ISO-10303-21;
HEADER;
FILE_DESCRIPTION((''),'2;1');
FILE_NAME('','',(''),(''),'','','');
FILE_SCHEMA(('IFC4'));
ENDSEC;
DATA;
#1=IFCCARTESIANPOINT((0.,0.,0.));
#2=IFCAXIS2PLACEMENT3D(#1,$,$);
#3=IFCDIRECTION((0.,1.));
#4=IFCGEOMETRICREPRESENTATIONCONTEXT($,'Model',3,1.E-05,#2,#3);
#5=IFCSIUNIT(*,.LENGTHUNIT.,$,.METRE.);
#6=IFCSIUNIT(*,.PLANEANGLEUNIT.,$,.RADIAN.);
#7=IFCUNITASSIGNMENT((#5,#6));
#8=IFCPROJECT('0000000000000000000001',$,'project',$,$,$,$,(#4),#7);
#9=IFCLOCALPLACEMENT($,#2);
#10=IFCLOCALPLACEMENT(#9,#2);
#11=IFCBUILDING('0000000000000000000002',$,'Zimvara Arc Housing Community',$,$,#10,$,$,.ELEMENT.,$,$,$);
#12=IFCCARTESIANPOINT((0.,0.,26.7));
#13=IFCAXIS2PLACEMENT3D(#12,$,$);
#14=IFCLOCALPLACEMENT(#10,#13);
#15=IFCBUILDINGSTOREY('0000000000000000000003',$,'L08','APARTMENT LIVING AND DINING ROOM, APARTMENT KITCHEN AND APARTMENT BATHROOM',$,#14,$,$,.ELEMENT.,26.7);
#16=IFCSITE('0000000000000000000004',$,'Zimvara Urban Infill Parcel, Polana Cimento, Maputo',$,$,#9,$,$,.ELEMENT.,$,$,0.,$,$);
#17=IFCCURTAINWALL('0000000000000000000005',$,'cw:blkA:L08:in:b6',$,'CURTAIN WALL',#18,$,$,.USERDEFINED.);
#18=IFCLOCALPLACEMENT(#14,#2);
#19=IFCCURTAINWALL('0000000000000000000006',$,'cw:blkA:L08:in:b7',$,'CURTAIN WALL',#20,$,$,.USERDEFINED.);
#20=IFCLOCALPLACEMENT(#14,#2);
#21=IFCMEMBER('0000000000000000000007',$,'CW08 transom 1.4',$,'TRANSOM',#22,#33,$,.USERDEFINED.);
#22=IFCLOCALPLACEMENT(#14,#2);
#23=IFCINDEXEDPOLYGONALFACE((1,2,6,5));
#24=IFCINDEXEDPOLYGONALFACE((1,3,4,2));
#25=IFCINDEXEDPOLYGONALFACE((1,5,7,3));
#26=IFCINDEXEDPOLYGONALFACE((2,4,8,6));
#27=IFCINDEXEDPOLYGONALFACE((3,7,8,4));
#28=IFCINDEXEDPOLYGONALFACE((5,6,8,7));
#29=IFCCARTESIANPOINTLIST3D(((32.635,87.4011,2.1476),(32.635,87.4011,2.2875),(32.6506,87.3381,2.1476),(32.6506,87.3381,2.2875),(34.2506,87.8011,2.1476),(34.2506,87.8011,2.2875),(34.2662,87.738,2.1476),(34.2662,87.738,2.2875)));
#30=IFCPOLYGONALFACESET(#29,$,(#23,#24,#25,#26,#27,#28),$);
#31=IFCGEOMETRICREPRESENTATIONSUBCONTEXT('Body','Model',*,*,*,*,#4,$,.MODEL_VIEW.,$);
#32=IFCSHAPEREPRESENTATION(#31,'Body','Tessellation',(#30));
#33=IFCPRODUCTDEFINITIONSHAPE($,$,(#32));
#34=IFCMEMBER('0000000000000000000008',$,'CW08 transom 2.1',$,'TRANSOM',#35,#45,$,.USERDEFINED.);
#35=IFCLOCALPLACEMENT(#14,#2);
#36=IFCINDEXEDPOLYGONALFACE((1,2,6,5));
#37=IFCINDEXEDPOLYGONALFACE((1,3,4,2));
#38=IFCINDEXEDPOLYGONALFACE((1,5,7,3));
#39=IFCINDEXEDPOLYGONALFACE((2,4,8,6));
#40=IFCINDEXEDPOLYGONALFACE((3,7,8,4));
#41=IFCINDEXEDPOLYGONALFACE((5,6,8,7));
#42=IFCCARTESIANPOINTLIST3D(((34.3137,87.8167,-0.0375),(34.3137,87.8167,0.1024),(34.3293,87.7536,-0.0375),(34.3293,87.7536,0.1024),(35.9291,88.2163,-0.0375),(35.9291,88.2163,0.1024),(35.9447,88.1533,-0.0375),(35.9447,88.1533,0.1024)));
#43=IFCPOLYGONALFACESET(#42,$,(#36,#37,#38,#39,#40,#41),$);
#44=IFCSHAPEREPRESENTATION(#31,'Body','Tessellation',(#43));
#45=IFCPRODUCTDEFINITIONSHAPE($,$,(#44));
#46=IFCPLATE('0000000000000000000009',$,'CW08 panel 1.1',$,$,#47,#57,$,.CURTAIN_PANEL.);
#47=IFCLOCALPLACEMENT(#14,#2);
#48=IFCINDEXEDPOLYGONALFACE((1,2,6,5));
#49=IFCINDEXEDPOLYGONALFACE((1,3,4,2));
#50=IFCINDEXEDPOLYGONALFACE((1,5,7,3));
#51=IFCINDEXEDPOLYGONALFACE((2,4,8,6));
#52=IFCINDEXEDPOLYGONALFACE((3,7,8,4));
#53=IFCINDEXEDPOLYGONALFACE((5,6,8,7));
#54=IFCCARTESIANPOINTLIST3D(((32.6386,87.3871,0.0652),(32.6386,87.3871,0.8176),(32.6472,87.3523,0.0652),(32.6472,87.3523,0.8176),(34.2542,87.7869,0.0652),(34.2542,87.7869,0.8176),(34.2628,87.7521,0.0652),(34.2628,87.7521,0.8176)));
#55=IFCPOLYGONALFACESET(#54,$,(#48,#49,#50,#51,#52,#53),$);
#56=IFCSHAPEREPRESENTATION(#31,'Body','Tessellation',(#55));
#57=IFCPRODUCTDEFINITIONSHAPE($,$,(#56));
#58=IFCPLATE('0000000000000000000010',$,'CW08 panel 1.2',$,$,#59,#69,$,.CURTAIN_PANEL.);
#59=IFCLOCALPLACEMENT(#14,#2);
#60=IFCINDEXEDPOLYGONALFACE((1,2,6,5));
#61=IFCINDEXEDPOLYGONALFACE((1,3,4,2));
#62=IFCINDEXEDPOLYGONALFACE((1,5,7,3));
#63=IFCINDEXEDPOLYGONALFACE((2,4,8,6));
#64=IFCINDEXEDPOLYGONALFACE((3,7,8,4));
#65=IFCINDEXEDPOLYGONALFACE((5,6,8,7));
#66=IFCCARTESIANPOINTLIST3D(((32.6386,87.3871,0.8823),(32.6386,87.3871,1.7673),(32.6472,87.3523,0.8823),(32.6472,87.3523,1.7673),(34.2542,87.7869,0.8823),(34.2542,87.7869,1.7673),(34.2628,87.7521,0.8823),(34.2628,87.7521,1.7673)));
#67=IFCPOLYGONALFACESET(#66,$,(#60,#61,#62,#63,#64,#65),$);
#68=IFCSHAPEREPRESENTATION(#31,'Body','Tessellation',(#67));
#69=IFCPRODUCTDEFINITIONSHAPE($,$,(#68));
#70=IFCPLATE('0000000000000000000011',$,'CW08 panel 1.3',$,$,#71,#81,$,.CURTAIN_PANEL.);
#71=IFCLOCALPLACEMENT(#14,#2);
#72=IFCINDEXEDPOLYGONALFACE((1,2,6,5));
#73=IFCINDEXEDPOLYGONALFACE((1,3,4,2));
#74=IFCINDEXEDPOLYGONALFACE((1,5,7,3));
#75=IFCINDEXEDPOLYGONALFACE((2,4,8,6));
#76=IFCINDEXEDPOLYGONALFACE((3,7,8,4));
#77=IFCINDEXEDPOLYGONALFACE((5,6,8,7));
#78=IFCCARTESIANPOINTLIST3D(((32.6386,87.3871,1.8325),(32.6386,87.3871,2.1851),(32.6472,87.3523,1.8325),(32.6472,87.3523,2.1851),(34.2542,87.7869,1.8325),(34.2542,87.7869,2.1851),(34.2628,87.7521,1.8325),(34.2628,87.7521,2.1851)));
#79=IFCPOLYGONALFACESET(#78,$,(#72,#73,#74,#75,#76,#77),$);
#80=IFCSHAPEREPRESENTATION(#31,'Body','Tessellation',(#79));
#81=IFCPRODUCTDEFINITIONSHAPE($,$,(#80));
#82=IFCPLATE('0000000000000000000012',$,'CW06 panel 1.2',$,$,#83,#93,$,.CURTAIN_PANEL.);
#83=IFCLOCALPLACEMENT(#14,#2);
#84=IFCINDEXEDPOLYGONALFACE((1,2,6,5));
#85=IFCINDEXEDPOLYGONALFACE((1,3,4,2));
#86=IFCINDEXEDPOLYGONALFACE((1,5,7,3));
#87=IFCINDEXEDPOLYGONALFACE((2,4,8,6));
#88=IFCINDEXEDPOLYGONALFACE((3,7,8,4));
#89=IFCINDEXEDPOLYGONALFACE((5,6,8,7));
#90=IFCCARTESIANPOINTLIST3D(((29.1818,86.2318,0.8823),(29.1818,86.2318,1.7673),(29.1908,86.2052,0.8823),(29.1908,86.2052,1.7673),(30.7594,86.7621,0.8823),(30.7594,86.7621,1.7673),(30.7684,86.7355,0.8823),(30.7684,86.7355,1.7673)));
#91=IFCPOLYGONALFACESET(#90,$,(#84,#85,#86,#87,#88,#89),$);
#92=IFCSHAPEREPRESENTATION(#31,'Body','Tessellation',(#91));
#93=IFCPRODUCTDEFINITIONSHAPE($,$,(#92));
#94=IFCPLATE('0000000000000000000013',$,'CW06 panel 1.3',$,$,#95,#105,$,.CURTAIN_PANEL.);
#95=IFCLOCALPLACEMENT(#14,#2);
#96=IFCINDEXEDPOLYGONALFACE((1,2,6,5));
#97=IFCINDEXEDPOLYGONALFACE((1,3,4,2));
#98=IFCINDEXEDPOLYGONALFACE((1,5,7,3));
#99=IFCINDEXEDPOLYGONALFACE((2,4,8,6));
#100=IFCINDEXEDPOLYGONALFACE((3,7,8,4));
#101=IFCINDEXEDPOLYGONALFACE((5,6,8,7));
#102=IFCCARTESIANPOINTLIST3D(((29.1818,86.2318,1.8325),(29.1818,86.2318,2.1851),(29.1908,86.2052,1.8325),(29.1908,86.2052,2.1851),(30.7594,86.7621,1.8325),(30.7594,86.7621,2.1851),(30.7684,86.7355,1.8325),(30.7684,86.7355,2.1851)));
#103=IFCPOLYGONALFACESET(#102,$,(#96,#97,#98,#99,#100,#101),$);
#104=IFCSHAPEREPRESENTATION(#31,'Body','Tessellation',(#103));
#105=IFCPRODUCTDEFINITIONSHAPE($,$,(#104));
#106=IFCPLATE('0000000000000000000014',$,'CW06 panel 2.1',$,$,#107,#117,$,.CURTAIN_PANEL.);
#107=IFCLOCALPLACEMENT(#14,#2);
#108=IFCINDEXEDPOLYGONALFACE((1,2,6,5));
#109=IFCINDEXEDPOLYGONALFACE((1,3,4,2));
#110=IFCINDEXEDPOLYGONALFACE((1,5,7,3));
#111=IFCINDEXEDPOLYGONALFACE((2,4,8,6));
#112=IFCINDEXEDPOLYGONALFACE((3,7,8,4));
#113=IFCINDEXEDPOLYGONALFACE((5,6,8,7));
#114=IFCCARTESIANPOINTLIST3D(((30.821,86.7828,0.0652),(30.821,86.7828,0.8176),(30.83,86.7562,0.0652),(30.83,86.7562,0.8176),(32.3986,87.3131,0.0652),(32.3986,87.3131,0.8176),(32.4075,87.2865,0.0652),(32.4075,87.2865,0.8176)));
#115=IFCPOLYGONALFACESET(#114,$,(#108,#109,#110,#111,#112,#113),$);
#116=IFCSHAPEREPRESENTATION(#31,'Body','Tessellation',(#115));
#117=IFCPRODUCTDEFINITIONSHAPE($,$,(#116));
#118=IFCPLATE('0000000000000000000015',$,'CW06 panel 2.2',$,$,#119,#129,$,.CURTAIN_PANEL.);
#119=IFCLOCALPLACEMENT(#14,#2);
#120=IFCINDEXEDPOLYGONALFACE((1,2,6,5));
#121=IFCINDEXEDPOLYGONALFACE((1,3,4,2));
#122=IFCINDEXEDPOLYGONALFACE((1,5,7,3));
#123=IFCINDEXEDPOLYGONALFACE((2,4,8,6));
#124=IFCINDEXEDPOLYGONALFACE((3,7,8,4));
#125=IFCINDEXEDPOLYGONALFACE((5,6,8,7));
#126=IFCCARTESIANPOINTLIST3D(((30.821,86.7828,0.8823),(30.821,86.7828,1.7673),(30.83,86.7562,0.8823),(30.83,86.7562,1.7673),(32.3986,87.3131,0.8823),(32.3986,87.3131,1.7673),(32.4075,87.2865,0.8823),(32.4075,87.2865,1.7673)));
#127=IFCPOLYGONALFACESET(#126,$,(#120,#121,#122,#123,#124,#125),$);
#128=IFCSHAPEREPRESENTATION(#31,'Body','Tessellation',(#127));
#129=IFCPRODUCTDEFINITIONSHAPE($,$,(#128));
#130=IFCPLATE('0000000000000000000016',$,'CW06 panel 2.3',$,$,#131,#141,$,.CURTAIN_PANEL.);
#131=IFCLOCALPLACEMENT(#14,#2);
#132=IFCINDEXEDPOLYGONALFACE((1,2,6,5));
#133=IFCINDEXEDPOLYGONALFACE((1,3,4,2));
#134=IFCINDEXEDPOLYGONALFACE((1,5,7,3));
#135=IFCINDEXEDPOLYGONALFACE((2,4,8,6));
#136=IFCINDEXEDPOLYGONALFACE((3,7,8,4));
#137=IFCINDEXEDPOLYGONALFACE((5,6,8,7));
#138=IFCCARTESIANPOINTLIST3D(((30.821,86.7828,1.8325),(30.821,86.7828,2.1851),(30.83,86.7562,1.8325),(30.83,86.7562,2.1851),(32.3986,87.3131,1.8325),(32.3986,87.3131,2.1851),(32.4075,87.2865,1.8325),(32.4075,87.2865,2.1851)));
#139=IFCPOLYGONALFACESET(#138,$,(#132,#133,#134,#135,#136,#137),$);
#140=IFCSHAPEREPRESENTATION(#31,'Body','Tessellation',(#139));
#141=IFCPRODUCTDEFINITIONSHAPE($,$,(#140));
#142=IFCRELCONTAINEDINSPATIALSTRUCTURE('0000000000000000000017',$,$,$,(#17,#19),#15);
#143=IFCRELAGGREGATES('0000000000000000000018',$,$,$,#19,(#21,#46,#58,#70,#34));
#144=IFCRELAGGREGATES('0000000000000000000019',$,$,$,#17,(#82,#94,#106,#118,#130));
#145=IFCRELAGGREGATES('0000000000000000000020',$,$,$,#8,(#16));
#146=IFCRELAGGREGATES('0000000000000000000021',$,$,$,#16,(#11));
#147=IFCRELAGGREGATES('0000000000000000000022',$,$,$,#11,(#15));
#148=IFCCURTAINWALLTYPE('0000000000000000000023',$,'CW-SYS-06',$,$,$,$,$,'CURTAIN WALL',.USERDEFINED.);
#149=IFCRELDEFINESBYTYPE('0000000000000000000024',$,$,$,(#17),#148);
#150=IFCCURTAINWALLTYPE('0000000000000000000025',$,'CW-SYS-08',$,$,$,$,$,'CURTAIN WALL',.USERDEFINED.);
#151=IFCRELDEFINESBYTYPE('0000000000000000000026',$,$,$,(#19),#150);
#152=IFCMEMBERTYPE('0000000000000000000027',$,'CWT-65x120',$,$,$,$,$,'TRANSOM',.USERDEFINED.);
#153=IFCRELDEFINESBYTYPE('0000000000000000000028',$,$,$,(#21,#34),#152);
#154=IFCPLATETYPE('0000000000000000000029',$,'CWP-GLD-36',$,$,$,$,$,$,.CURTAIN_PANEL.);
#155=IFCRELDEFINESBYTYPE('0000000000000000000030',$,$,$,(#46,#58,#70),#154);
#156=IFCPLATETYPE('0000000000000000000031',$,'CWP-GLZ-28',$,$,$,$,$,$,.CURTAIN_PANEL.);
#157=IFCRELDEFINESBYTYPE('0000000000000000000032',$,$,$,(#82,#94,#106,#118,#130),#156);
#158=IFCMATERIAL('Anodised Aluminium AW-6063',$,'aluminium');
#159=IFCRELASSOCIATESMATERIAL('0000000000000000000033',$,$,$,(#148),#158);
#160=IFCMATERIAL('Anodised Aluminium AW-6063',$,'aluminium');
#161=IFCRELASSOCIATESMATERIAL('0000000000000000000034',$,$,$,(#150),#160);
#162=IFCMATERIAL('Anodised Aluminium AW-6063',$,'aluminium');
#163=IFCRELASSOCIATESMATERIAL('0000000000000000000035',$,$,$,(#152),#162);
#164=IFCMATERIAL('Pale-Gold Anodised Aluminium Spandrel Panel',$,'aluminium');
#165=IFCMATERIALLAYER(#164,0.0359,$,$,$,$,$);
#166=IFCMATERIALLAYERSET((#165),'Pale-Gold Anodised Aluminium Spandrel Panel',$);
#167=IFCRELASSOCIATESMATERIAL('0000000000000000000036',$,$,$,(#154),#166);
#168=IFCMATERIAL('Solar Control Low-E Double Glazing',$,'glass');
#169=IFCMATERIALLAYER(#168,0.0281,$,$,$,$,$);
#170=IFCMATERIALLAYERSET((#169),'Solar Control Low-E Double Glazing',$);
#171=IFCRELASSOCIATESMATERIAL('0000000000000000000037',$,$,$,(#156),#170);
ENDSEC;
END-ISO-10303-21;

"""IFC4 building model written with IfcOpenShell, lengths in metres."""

from ifc_helpers import new_model, si_unit, direction, frame, origin, origin_2d, place, context, subcontext, project, spatial, rectangle, extrude, material, layer, layer_set, material_profile, profile_set, type_object, element, aggregate, save


model = new_model("IFC4")

# Units and contexts
model_context = context("Model", 3, precision=1e-05, world=origin(), true_north=direction((0.0, 1.0)))
body_context = subcontext(model_context, "Body", "Model", "MODEL_VIEW")
ifc_project = project(units=[si_unit("LENGTHUNIT", "METRE"), si_unit("PLANEANGLEUNIT", "RADIAN")], contexts=[model_context])

# Site, building, storey
site_placement = place(None, origin())
site = spatial("IfcSite", under=ifc_project, at=site_placement, Name="Zimvara Urban Infill Parcel, Polana Cimento, Maputo", CompositionType="ELEMENT", RefElevation=0.0)
building_placement = place(site_placement, origin())
building = spatial("IfcBuilding", under=site, at=building_placement, Name="Zimvara Arc Housing Community", CompositionType="ELEMENT")
storey_placement = place(building_placement, frame((0.0, 0.0, 26.7)))
storey = spatial("IfcBuildingStorey", under=building, at=storey_placement, Name="L08", Description="APARTMENT LIVING AND DINING ROOM, APARTMENT KITCHEN AND APARTMENT BATHROOM", CompositionType="ELEMENT", Elevation=26.7)

# Curtain walls
ifc_material_1 = material(Name="Anodised Aluminium AW-6063", Category="aluminium")
curtain_wall_type_1 = type_object("IfcCurtainWallType", Name="CW-SYS-06", ElementType="CURTAIN WALL", PredefinedType="USERDEFINED", material=ifc_material_1)
curtain_wall_1_placement = place(storey_placement, origin())
curtain_wall_1 = element("IfcCurtainWall", 1, at=curtain_wall_1_placement, inside=storey, type_object=curtain_wall_type_1, Name="cw:blkA:L08:in:b6", ObjectType="CURTAIN WALL", PredefinedType="USERDEFINED")
ifc_material_2 = material(Name="Anodised Aluminium AW-6063", Category="aluminium")
curtain_wall_type_2 = type_object("IfcCurtainWallType", Name="CW-SYS-08", ElementType="CURTAIN WALL", PredefinedType="USERDEFINED", material=ifc_material_2)
curtain_wall_2_placement = place(storey_placement, origin())
curtain_wall_2 = element("IfcCurtainWall", 2, at=curtain_wall_2_placement, inside=storey, type_object=curtain_wall_type_2, Name="cw:blkA:L08:in:b7", ObjectType="CURTAIN WALL", PredefinedType="USERDEFINED")

# Members
ifc_material_3 = material(Name="Anodised Aluminium AW-6063", Category="aluminium")
ifc_material_profile_1 = material_profile(ifc_material_3, rectangle(XDim=0.0649, YDim=0.1399, at=origin_2d()), Name="ALU 65x140")
ifc_profile_set_1 = profile_set([ifc_material_profile_1], Name="Anodised Aluminium AW-6063")
member_type_1 = type_object("IfcMemberType", Name="CWT-65x120", ElementType="TRANSOM", PredefinedType="USERDEFINED", material=ifc_profile_set_1)
member_1_placement = place(storey_placement, frame((32.6428, 87.3696, 2.2175), z_axis=(0.970701, 0.240291, 0.0), x_axis=(-0.240291, 0.970701, 0.0)))
member_1 = element("IfcMember", 3, at=member_1_placement, type_object=member_type_1, Name="CW08 transom 1.4", ObjectType="TRANSOM", PredefinedType="USERDEFINED", context=body_context, shape_type="SweptSolid", body=[
    extrude(rectangle(XDim=0.0649, YDim=0.1399, at=origin_2d()), origin(), (0.0, 0.0, 1.0), 1.6643),
])
member_2_placement = place(storey_placement, frame((34.3215, 87.7852, 0.0325), z_axis=(0.970735, 0.240153, 0.0), x_axis=(-0.240153, 0.970735, 0.0)))
member_2 = element("IfcMember", 4, at=member_2_placement, type_object=member_type_1, Name="CW08 transom 2.1", ObjectType="TRANSOM", PredefinedType="USERDEFINED", context=body_context, shape_type="SweptSolid", body=[
    extrude(rectangle(XDim=0.0649, YDim=0.1399, at=origin_2d()), origin(), (0.0, 0.0, 1.0), 1.6641),
])

# Plates
ifc_material_4 = material(Name="Pale-Gold Anodised Aluminium Spandrel Panel", Category="aluminium")
ifc_layer_1 = layer(ifc_material_4, 0.0359)
ifc_layer_set_1 = layer_set([ifc_layer_1], Name="Pale-Gold Anodised Aluminium Spandrel Panel")
plate_type_1 = type_object("IfcPlateType", Name="CWP-GLD-36", PredefinedType="CURTAIN_PANEL", material=ifc_layer_set_1)
plate_1_placement = place(storey_placement, frame((33.4507, 87.5696, 0.0652), z_axis=(0.0, 0.0, 1.0), x_axis=(0.970717, 0.240228, 0.0)))
plate_1 = element("IfcPlate", 5, at=plate_1_placement, type_object=plate_type_1, Name="CW08 panel 1.1", PredefinedType="CURTAIN_PANEL", context=body_context, shape_type="SweptSolid", body=[
    extrude(rectangle(XDim=1.6643, YDim=0.0359, at=origin_2d()), origin(), (0.0, 0.0, 1.0), 0.7524),
])
plate_2_placement = place(storey_placement, frame((33.4507, 87.5696, 0.8823), z_axis=(0.0, 0.0, 1.0), x_axis=(0.970717, 0.240228, 0.0)))
plate_2 = element("IfcPlate", 6, at=plate_2_placement, type_object=plate_type_1, Name="CW08 panel 1.2", PredefinedType="CURTAIN_PANEL", context=body_context, shape_type="SweptSolid", body=[
    extrude(rectangle(XDim=1.6643, YDim=0.0359, at=origin_2d()), origin(), (0.0, 0.0, 1.0), 0.885),
])
plate_3_placement = place(storey_placement, frame((33.4507, 87.5696, 1.8325), z_axis=(0.0, 0.0, 1.0), x_axis=(0.970717, 0.240228, 0.0)))
plate_3 = element("IfcPlate", 7, at=plate_3_placement, type_object=plate_type_1, Name="CW08 panel 1.3", PredefinedType="CURTAIN_PANEL", context=body_context, shape_type="SweptSolid", body=[
    extrude(rectangle(XDim=1.6643, YDim=0.0359, at=origin_2d()), origin(), (0.0, 0.0, 1.0), 0.3525),
])
aggregate(curtain_wall_2, [member_1, plate_1, plate_2, plate_3, member_2])
ifc_material_5 = material(Name="Solar Control Low-E Double Glazing", Category="glass")
ifc_layer_2 = layer(ifc_material_5, 0.0281)
ifc_layer_set_2 = layer_set([ifc_layer_2], Name="Solar Control Low-E Double Glazing")
plate_type_2 = type_object("IfcPlateType", Name="CWP-GLZ-28", PredefinedType="CURTAIN_PANEL", material=ifc_layer_set_2)
plate_4_placement = place(storey_placement, frame((29.9751, 86.4836, 0.8823), z_axis=(0.0, 0.0, 1.0), x_axis=(0.947879, 0.31863, 0.0)))
plate_4 = element("IfcPlate", 8, at=plate_4_placement, type_object=plate_type_2, Name="CW06 panel 1.2", PredefinedType="CURTAIN_PANEL", context=body_context, shape_type="SweptSolid", body=[
    extrude(rectangle(XDim=1.6643, YDim=0.0281, at=origin_2d()), origin(), (0.0, 0.0, 1.0), 0.885),
])
plate_5_placement = place(storey_placement, frame((29.9751, 86.4836, 1.8325), z_axis=(0.0, 0.0, 1.0), x_axis=(0.947879, 0.31863, 0.0)))
plate_5 = element("IfcPlate", 9, at=plate_5_placement, type_object=plate_type_2, Name="CW06 panel 1.3", PredefinedType="CURTAIN_PANEL", context=body_context, shape_type="SweptSolid", body=[
    extrude(rectangle(XDim=1.6643, YDim=0.0281, at=origin_2d()), origin(), (0.0, 0.0, 1.0), 0.3525),
])
plate_6_placement = place(storey_placement, frame((31.6143, 87.0347, 0.0652), z_axis=(0.0, 0.0, 1.0), x_axis=(0.947879, 0.31863, 0.0)))
plate_6 = element("IfcPlate", 10, at=plate_6_placement, type_object=plate_type_2, Name="CW06 panel 2.1", PredefinedType="CURTAIN_PANEL", context=body_context, shape_type="SweptSolid", body=[
    extrude(rectangle(XDim=1.6643, YDim=0.0281, at=origin_2d()), origin(), (0.0, 0.0, 1.0), 0.7524),
])
plate_7_placement = place(storey_placement, frame((31.6143, 87.0347, 0.8823), z_axis=(0.0, 0.0, 1.0), x_axis=(0.947879, 0.31863, 0.0)))
plate_7 = element("IfcPlate", 11, at=plate_7_placement, type_object=plate_type_2, Name="CW06 panel 2.2", PredefinedType="CURTAIN_PANEL", context=body_context, shape_type="SweptSolid", body=[
    extrude(rectangle(XDim=1.6643, YDim=0.0281, at=origin_2d()), origin(), (0.0, 0.0, 1.0), 0.885),
])
plate_8_placement = place(storey_placement, frame((31.6143, 87.0347, 1.8325), z_axis=(0.0, 0.0, 1.0), x_axis=(0.947879, 0.31863, 0.0)))
plate_8 = element("IfcPlate", 12, at=plate_8_placement, type_object=plate_type_2, Name="CW06 panel 2.3", PredefinedType="CURTAIN_PANEL", context=body_context, shape_type="SweptSolid", body=[
    extrude(rectangle(XDim=1.6643, YDim=0.0281, at=origin_2d()), origin(), (0.0, 0.0, 1.0), 0.3525),
])
aggregate(curtain_wall_1, [plate_4, plate_5, plate_6, plate_7, plate_8])

save(model, "model.ifc")
